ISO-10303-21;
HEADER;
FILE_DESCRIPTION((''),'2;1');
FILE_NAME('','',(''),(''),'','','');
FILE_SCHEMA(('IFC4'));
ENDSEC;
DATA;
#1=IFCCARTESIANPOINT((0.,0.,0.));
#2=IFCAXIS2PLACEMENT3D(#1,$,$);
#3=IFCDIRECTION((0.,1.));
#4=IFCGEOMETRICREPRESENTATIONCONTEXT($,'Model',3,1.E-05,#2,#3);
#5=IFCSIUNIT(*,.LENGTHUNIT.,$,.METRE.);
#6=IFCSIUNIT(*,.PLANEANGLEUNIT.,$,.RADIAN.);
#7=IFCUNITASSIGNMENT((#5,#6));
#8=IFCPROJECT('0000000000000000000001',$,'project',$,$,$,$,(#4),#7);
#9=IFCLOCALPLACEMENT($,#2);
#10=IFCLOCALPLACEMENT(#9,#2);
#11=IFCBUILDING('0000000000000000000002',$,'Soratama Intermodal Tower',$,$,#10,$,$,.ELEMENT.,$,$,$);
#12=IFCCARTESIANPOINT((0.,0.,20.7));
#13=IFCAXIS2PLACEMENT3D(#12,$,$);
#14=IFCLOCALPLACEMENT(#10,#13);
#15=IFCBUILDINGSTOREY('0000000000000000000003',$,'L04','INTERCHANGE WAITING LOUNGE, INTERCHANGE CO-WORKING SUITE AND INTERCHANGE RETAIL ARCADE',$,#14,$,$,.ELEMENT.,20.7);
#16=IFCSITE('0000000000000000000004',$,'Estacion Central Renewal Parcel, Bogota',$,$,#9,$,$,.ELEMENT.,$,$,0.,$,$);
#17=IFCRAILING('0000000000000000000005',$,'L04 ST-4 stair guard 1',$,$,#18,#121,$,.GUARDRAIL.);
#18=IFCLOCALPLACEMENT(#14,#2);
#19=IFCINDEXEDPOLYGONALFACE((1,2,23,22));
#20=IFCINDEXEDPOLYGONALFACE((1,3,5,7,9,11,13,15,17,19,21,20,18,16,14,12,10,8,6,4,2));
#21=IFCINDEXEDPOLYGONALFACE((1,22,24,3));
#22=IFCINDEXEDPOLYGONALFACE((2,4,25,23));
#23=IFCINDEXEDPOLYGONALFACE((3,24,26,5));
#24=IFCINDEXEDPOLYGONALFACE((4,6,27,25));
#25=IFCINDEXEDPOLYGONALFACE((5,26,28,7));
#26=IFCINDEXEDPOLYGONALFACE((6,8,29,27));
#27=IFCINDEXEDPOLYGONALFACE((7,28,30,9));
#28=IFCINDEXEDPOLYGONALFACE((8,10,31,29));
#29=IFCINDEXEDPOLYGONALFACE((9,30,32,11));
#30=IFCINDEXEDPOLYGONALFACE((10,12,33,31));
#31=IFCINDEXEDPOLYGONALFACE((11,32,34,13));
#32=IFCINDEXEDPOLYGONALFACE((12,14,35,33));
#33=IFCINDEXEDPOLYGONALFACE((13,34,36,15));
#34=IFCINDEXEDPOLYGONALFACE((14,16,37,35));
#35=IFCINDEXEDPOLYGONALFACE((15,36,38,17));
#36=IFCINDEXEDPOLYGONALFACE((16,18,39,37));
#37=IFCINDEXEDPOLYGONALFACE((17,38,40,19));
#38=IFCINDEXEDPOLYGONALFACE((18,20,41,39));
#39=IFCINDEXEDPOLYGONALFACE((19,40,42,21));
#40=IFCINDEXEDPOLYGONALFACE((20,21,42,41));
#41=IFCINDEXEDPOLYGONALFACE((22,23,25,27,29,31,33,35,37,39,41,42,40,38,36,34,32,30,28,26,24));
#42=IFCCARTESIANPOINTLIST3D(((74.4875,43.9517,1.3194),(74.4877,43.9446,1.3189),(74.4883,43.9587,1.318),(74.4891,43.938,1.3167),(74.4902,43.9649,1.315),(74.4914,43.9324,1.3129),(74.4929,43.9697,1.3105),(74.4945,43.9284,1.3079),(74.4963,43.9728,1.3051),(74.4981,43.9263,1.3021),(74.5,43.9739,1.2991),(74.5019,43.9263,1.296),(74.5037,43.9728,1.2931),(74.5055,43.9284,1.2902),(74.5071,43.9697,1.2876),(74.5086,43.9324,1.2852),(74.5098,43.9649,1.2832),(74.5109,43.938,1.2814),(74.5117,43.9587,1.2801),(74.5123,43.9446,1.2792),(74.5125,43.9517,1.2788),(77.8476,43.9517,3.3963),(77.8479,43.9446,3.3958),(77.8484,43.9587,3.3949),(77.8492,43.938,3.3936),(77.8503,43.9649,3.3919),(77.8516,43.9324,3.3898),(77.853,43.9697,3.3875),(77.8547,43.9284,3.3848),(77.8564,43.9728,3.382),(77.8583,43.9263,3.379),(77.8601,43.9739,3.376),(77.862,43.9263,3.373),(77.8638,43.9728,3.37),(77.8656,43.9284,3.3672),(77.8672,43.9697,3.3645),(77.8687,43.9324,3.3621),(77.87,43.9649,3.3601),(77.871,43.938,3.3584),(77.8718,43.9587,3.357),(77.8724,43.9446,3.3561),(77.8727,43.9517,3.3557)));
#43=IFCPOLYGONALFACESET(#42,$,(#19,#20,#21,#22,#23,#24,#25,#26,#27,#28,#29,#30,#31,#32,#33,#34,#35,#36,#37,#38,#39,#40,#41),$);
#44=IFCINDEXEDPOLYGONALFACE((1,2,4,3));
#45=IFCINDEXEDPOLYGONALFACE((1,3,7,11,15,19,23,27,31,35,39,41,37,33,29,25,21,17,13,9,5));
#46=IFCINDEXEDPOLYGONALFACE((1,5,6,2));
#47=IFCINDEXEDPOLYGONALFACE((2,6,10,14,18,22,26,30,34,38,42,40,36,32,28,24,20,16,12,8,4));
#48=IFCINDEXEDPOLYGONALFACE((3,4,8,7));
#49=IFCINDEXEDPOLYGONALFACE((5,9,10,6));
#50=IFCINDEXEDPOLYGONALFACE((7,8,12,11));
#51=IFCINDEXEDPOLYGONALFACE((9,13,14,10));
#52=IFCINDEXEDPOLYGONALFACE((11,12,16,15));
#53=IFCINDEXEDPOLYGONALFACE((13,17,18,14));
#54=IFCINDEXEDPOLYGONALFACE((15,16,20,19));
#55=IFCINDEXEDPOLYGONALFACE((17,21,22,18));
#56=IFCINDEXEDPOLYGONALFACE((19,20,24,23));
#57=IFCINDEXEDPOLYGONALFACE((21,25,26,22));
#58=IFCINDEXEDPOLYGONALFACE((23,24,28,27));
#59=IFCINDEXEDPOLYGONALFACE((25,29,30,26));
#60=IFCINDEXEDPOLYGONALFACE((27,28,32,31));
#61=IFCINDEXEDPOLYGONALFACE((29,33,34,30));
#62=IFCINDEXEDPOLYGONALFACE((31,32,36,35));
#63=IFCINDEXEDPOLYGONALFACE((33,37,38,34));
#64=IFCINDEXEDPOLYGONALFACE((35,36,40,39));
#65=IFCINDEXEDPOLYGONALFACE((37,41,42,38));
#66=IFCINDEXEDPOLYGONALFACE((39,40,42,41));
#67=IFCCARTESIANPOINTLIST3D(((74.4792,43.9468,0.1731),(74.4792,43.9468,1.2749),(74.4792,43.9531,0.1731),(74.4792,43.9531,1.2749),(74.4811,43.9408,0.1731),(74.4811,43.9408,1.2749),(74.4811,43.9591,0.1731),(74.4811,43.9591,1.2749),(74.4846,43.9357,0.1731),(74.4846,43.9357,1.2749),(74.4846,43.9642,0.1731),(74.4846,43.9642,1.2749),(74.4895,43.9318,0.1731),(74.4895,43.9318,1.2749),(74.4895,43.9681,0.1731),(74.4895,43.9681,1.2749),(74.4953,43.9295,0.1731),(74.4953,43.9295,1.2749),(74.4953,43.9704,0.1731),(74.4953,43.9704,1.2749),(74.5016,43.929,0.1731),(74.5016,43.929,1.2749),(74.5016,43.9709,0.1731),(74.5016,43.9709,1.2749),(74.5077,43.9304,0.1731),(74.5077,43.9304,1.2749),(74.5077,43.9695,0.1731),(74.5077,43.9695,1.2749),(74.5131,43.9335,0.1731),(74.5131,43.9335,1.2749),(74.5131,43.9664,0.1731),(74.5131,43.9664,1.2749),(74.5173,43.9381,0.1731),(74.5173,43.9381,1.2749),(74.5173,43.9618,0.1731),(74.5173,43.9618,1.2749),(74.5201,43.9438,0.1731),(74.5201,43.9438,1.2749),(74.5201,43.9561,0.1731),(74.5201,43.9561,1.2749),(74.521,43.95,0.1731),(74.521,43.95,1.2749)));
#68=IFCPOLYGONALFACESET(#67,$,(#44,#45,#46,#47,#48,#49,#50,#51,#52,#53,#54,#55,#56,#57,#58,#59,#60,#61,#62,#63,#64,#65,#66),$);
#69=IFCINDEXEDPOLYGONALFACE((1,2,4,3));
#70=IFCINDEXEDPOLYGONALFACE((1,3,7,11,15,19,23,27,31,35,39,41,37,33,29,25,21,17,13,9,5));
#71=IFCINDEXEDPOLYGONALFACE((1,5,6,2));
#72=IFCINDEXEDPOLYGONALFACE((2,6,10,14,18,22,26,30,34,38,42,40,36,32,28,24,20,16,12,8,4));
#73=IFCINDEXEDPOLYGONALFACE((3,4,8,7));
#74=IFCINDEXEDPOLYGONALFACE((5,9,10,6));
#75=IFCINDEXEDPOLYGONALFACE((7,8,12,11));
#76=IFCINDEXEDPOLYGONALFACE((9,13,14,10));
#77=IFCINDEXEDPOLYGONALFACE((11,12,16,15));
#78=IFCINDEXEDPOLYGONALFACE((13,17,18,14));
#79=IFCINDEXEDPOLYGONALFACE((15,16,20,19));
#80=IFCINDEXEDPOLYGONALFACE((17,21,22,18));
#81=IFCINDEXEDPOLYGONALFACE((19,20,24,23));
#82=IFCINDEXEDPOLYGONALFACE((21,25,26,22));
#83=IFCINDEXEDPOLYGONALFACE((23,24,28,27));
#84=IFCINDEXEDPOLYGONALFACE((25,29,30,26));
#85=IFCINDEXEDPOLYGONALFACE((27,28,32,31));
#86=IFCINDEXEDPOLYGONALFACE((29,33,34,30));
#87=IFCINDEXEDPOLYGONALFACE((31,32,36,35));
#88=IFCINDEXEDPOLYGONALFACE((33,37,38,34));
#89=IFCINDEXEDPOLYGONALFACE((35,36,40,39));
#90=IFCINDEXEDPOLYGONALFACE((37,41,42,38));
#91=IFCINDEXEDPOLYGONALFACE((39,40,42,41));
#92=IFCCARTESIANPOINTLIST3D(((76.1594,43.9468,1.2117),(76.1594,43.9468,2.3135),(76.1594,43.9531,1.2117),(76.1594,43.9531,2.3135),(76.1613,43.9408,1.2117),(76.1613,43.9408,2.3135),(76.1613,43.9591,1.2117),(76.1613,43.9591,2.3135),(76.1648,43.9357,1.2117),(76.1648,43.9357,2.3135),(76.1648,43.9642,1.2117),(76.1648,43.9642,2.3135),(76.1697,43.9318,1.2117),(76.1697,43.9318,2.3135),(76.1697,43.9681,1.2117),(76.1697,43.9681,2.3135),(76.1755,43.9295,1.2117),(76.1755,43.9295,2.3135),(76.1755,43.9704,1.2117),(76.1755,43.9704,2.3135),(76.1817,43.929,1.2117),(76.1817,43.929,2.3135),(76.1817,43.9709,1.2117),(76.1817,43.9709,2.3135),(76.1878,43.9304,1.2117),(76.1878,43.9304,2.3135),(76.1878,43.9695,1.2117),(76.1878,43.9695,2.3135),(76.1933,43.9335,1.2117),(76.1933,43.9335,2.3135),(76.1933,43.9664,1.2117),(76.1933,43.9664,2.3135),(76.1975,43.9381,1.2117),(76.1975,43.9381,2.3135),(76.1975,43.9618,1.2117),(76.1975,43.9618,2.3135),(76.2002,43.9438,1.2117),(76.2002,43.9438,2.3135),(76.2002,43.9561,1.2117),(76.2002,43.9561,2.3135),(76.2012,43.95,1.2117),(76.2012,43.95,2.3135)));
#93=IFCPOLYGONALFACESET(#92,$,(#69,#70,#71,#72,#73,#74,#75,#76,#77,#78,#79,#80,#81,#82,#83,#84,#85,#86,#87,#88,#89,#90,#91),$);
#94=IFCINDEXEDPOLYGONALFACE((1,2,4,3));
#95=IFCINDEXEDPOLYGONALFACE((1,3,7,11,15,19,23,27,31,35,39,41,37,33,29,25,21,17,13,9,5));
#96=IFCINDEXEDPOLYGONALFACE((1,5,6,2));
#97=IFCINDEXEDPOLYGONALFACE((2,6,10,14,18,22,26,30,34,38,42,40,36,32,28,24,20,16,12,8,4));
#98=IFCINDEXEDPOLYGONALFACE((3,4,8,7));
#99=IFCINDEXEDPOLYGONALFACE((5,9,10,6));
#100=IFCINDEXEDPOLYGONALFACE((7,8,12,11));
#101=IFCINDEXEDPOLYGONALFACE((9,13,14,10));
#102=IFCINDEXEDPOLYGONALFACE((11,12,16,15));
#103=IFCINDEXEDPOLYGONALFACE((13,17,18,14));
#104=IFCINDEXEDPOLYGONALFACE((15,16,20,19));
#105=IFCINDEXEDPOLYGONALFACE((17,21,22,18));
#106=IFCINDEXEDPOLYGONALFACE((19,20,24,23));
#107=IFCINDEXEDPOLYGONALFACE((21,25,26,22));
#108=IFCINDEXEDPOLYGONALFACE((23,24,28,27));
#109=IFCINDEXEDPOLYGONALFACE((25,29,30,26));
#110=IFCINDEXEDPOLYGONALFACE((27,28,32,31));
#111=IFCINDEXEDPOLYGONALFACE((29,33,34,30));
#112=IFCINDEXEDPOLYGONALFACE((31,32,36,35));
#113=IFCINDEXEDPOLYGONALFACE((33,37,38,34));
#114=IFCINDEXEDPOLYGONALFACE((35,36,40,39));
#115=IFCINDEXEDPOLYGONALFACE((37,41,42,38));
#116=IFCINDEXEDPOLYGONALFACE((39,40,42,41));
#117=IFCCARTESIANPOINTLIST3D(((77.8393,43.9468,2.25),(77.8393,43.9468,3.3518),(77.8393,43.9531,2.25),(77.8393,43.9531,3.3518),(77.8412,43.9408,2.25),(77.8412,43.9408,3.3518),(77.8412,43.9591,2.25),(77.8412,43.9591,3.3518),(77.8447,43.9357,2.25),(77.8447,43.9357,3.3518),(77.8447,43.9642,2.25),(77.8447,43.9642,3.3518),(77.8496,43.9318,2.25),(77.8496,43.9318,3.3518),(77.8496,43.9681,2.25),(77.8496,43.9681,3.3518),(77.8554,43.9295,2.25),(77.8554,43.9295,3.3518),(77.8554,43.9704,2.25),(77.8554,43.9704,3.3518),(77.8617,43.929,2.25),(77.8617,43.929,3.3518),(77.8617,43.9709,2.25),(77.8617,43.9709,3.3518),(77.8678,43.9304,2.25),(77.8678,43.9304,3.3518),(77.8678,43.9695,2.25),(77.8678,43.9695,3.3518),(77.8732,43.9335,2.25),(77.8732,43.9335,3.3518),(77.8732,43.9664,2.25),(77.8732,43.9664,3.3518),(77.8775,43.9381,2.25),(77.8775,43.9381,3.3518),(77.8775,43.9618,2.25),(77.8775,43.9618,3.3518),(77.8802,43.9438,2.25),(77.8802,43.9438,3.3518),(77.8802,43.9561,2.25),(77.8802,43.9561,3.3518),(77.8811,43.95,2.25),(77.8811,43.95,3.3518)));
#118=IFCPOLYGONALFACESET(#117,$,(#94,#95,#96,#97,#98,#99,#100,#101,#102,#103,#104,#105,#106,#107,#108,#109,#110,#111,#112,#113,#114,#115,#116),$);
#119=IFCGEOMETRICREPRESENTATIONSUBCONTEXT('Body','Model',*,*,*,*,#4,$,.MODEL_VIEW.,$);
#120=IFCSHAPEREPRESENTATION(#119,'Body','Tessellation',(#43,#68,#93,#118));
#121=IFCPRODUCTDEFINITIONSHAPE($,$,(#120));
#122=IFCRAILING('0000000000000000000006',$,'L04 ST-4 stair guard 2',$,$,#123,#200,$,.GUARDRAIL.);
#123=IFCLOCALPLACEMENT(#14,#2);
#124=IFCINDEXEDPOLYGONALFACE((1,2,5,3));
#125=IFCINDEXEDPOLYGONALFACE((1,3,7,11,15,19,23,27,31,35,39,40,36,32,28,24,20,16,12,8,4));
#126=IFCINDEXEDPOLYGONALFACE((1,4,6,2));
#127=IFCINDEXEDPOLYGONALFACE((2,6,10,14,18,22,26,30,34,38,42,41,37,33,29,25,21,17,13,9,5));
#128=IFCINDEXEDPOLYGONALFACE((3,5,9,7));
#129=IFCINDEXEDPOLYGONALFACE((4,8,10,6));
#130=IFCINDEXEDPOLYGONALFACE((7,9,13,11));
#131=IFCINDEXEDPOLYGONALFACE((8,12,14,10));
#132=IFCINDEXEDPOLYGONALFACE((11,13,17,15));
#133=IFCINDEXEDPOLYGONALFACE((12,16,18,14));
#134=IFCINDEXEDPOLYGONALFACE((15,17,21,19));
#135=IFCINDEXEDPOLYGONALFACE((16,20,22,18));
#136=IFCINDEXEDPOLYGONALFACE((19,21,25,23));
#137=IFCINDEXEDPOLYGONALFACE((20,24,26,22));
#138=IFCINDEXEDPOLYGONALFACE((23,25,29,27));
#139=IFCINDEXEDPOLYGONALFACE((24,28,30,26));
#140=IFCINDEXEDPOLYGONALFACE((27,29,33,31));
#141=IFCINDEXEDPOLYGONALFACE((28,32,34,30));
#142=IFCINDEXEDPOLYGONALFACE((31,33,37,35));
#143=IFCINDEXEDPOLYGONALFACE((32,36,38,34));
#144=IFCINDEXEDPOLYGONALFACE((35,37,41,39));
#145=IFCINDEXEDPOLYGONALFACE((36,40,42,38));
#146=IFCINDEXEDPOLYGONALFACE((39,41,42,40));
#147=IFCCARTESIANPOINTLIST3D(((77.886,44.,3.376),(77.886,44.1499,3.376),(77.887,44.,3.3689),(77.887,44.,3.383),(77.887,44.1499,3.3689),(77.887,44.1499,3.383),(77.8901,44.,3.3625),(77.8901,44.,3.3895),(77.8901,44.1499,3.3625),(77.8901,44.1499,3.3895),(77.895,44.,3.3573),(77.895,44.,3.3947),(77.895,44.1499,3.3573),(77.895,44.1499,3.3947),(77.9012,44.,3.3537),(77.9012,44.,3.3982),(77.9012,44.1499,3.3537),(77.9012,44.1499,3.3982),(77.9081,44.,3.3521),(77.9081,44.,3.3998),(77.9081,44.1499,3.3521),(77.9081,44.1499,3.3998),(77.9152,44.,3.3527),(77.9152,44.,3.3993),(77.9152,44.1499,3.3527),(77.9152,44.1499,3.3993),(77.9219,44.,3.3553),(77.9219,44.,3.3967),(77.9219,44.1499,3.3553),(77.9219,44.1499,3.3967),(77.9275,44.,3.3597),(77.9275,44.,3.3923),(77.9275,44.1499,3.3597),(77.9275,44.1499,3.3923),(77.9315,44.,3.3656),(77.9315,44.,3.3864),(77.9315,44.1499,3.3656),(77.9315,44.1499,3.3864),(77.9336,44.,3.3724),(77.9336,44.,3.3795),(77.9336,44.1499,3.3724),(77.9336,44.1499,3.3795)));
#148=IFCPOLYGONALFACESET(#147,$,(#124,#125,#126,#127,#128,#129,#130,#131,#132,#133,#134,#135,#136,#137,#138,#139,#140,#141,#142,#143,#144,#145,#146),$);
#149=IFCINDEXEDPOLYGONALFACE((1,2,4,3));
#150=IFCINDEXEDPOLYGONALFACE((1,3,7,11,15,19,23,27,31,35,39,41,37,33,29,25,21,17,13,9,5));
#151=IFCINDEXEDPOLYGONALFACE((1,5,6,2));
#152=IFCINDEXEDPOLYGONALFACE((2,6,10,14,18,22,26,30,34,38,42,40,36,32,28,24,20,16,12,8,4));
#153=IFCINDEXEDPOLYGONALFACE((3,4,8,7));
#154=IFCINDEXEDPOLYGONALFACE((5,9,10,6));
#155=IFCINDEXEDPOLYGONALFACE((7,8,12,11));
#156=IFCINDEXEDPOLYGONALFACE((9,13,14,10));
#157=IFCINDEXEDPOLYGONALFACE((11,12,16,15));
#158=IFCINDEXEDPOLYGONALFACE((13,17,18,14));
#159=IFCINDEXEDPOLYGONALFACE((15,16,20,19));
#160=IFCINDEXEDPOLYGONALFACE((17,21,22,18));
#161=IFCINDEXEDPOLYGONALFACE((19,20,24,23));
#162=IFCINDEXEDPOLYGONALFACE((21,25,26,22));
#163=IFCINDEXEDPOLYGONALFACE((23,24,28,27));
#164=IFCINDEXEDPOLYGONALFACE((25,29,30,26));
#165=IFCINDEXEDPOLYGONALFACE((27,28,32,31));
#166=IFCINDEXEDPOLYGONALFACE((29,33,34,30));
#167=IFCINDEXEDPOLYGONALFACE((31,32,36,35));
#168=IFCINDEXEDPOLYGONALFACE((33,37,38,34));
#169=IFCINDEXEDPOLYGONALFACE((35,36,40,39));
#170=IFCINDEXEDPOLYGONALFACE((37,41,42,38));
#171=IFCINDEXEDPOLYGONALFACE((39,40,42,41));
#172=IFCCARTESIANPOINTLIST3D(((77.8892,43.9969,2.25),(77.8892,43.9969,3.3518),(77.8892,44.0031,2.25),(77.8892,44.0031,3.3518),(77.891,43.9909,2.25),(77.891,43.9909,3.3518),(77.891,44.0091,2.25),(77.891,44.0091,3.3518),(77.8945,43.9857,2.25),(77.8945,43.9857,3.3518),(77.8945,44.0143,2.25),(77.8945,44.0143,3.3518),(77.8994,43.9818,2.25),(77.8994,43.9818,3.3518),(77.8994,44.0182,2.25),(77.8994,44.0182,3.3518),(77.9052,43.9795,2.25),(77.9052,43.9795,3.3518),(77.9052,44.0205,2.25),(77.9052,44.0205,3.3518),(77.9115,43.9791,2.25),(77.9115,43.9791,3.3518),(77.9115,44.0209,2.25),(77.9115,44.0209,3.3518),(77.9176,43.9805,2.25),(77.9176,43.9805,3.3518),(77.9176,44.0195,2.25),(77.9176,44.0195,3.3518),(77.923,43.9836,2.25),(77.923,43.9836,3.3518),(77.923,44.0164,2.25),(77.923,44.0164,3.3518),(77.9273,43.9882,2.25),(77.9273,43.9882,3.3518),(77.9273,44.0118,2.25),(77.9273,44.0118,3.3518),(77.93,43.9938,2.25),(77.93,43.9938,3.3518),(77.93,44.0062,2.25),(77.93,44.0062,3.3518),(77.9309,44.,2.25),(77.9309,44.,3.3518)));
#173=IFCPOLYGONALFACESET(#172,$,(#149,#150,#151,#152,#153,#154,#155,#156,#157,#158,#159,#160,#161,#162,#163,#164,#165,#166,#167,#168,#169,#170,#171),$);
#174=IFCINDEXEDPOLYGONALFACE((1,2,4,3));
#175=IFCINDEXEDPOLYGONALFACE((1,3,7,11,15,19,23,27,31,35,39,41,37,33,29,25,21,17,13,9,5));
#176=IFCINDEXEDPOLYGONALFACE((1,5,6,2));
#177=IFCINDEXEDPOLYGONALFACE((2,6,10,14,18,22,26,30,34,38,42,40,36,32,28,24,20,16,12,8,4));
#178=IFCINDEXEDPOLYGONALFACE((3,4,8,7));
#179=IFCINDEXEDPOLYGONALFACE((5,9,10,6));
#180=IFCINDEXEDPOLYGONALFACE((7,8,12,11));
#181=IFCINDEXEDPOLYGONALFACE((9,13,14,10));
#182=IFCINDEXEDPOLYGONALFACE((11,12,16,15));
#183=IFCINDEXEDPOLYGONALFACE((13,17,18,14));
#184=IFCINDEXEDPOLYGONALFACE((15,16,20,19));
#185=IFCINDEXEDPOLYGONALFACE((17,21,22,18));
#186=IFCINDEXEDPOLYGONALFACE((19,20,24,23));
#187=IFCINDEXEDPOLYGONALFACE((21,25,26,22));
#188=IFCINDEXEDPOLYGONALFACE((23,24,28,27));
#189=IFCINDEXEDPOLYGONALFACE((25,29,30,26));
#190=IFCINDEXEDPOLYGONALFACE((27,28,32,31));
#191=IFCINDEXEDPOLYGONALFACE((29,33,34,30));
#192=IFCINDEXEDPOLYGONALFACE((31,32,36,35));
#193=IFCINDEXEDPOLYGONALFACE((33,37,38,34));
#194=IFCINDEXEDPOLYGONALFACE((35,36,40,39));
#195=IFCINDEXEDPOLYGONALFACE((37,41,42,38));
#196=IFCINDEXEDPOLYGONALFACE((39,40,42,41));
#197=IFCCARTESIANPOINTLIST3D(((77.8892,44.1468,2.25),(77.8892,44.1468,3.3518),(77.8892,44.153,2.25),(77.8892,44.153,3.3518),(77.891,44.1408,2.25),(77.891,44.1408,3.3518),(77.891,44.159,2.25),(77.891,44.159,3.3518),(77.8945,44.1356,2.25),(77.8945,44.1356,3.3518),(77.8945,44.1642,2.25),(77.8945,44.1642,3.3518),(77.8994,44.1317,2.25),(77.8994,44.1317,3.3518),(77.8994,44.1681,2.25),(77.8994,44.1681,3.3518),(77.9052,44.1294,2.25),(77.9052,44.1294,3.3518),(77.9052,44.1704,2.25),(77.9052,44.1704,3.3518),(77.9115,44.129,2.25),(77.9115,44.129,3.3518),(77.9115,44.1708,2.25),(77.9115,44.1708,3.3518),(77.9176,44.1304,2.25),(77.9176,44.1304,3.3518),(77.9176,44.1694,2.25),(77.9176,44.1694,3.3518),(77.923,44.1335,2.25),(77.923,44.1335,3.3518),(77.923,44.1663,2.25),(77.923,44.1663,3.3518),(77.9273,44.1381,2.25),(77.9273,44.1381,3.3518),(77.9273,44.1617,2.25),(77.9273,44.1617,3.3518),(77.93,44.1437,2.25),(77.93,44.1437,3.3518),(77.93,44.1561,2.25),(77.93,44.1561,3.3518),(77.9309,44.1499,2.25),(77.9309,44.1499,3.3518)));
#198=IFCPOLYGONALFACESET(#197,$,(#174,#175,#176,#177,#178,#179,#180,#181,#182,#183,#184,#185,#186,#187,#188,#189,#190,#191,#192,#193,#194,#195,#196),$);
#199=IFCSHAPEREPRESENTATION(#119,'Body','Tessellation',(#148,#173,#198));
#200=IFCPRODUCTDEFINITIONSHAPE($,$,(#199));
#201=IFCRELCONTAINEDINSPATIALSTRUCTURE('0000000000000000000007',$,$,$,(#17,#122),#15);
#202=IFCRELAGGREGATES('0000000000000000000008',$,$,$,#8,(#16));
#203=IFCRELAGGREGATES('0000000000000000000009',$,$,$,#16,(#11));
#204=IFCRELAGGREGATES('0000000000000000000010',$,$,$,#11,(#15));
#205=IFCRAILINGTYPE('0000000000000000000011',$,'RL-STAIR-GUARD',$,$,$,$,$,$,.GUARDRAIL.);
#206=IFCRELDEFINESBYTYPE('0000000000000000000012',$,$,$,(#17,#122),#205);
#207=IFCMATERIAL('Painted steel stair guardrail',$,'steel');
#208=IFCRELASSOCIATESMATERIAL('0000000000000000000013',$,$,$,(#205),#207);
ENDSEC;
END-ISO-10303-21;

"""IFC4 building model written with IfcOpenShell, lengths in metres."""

from ifc_helpers import new_model, si_unit, direction, frame, origin, origin_2d, place, context, subcontext, project, spatial, circle, extrude, material, type_object, element, save


model = new_model("IFC4")

# Units and contexts
model_context = context("Model", 3, precision=1e-05, world=origin(), true_north=direction((0.0, 1.0)))
body_context = subcontext(model_context, "Body", "Model", "MODEL_VIEW")
ifc_project = project(units=[si_unit("LENGTHUNIT", "METRE"), si_unit("PLANEANGLEUNIT", "RADIAN")], contexts=[model_context])

# Site, building, storey
site_placement = place(None, origin())
site = spatial("IfcSite", under=ifc_project, at=site_placement, Name="Estacion Central Renewal Parcel, Bogota", CompositionType="ELEMENT", RefElevation=0.0)
building_placement = place(site_placement, origin())
building = spatial("IfcBuilding", under=site, at=building_placement, Name="Soratama Intermodal Tower", CompositionType="ELEMENT")
storey_placement = place(building_placement, frame((0.0, 0.0, 20.7)))
storey = spatial("IfcBuildingStorey", under=building, at=storey_placement, Name="L04", Description="INTERCHANGE WAITING LOUNGE, INTERCHANGE CO-WORKING SUITE AND INTERCHANGE RETAIL ARCADE", CompositionType="ELEMENT", Elevation=20.7)

# Railings
ifc_material_1 = material(Name="Painted steel stair guardrail", Category="steel")
railing_type_1 = type_object("IfcRailingType", Name="RL-STAIR-GUARD", PredefinedType="GUARDRAIL", material=ifc_material_1)
railing_1_placement = place(storey_placement, frame((74.5, 43.95, 0.1731)))
element("IfcRailing", 1, at=railing_1_placement, inside=storey, type_object=railing_type_1, Name="L04 ST-4 stair guard 1", PredefinedType="GUARDRAIL", context=body_context, shape_type="SweptSolid", body=[
    extrude(circle(Radius=0.0239, at=origin_2d()), frame((0.0, 0.0, 1.126), z_axis=(0.850623, 0.0, 0.525776), x_axis=(0.0, 1.0, 0.0)), (0.0, 0.0, 1.0), 3.9502),
    extrude(circle(Radius=0.021, at=origin_2d()), origin(), (0.0, 0.0, 1.0), 1.1018),
    extrude(circle(Radius=0.021, at=origin_2d()), frame((1.6802, 0.0, 1.0386)), (0.0, 0.0, 1.0), 1.1018),
    extrude(circle(Radius=0.021, at=origin_2d()), frame((3.3601, 0.0, 2.0769)), (0.0, 0.0, 1.0), 1.1018),
])
railing_2_placement = place(storey_placement, frame((77.9099, 44.0, 2.25)))
element("IfcRailing", 2, at=railing_2_placement, inside=storey, type_object=railing_type_1, Name="L04 ST-4 stair guard 2", PredefinedType="GUARDRAIL", context=body_context, shape_type="SweptSolid", body=[
    extrude(circle(Radius=0.0239, at=origin_2d()), frame((0.0, 0.0, 1.126), z_axis=(0.0, 1.0, 0.0), x_axis=(-1.0, 0.0, 0.0)), (0.0, 0.0, 1.0), 0.1499),
    extrude(circle(Radius=0.021, at=origin_2d()), origin(), (0.0, 0.0, 1.0), 1.1018),
    extrude(circle(Radius=0.021, at=origin_2d()), frame((0.0, 0.1499, 0.0)), (0.0, 0.0, 1.0), 1.1018),
])

save(model, "model.ifc")
